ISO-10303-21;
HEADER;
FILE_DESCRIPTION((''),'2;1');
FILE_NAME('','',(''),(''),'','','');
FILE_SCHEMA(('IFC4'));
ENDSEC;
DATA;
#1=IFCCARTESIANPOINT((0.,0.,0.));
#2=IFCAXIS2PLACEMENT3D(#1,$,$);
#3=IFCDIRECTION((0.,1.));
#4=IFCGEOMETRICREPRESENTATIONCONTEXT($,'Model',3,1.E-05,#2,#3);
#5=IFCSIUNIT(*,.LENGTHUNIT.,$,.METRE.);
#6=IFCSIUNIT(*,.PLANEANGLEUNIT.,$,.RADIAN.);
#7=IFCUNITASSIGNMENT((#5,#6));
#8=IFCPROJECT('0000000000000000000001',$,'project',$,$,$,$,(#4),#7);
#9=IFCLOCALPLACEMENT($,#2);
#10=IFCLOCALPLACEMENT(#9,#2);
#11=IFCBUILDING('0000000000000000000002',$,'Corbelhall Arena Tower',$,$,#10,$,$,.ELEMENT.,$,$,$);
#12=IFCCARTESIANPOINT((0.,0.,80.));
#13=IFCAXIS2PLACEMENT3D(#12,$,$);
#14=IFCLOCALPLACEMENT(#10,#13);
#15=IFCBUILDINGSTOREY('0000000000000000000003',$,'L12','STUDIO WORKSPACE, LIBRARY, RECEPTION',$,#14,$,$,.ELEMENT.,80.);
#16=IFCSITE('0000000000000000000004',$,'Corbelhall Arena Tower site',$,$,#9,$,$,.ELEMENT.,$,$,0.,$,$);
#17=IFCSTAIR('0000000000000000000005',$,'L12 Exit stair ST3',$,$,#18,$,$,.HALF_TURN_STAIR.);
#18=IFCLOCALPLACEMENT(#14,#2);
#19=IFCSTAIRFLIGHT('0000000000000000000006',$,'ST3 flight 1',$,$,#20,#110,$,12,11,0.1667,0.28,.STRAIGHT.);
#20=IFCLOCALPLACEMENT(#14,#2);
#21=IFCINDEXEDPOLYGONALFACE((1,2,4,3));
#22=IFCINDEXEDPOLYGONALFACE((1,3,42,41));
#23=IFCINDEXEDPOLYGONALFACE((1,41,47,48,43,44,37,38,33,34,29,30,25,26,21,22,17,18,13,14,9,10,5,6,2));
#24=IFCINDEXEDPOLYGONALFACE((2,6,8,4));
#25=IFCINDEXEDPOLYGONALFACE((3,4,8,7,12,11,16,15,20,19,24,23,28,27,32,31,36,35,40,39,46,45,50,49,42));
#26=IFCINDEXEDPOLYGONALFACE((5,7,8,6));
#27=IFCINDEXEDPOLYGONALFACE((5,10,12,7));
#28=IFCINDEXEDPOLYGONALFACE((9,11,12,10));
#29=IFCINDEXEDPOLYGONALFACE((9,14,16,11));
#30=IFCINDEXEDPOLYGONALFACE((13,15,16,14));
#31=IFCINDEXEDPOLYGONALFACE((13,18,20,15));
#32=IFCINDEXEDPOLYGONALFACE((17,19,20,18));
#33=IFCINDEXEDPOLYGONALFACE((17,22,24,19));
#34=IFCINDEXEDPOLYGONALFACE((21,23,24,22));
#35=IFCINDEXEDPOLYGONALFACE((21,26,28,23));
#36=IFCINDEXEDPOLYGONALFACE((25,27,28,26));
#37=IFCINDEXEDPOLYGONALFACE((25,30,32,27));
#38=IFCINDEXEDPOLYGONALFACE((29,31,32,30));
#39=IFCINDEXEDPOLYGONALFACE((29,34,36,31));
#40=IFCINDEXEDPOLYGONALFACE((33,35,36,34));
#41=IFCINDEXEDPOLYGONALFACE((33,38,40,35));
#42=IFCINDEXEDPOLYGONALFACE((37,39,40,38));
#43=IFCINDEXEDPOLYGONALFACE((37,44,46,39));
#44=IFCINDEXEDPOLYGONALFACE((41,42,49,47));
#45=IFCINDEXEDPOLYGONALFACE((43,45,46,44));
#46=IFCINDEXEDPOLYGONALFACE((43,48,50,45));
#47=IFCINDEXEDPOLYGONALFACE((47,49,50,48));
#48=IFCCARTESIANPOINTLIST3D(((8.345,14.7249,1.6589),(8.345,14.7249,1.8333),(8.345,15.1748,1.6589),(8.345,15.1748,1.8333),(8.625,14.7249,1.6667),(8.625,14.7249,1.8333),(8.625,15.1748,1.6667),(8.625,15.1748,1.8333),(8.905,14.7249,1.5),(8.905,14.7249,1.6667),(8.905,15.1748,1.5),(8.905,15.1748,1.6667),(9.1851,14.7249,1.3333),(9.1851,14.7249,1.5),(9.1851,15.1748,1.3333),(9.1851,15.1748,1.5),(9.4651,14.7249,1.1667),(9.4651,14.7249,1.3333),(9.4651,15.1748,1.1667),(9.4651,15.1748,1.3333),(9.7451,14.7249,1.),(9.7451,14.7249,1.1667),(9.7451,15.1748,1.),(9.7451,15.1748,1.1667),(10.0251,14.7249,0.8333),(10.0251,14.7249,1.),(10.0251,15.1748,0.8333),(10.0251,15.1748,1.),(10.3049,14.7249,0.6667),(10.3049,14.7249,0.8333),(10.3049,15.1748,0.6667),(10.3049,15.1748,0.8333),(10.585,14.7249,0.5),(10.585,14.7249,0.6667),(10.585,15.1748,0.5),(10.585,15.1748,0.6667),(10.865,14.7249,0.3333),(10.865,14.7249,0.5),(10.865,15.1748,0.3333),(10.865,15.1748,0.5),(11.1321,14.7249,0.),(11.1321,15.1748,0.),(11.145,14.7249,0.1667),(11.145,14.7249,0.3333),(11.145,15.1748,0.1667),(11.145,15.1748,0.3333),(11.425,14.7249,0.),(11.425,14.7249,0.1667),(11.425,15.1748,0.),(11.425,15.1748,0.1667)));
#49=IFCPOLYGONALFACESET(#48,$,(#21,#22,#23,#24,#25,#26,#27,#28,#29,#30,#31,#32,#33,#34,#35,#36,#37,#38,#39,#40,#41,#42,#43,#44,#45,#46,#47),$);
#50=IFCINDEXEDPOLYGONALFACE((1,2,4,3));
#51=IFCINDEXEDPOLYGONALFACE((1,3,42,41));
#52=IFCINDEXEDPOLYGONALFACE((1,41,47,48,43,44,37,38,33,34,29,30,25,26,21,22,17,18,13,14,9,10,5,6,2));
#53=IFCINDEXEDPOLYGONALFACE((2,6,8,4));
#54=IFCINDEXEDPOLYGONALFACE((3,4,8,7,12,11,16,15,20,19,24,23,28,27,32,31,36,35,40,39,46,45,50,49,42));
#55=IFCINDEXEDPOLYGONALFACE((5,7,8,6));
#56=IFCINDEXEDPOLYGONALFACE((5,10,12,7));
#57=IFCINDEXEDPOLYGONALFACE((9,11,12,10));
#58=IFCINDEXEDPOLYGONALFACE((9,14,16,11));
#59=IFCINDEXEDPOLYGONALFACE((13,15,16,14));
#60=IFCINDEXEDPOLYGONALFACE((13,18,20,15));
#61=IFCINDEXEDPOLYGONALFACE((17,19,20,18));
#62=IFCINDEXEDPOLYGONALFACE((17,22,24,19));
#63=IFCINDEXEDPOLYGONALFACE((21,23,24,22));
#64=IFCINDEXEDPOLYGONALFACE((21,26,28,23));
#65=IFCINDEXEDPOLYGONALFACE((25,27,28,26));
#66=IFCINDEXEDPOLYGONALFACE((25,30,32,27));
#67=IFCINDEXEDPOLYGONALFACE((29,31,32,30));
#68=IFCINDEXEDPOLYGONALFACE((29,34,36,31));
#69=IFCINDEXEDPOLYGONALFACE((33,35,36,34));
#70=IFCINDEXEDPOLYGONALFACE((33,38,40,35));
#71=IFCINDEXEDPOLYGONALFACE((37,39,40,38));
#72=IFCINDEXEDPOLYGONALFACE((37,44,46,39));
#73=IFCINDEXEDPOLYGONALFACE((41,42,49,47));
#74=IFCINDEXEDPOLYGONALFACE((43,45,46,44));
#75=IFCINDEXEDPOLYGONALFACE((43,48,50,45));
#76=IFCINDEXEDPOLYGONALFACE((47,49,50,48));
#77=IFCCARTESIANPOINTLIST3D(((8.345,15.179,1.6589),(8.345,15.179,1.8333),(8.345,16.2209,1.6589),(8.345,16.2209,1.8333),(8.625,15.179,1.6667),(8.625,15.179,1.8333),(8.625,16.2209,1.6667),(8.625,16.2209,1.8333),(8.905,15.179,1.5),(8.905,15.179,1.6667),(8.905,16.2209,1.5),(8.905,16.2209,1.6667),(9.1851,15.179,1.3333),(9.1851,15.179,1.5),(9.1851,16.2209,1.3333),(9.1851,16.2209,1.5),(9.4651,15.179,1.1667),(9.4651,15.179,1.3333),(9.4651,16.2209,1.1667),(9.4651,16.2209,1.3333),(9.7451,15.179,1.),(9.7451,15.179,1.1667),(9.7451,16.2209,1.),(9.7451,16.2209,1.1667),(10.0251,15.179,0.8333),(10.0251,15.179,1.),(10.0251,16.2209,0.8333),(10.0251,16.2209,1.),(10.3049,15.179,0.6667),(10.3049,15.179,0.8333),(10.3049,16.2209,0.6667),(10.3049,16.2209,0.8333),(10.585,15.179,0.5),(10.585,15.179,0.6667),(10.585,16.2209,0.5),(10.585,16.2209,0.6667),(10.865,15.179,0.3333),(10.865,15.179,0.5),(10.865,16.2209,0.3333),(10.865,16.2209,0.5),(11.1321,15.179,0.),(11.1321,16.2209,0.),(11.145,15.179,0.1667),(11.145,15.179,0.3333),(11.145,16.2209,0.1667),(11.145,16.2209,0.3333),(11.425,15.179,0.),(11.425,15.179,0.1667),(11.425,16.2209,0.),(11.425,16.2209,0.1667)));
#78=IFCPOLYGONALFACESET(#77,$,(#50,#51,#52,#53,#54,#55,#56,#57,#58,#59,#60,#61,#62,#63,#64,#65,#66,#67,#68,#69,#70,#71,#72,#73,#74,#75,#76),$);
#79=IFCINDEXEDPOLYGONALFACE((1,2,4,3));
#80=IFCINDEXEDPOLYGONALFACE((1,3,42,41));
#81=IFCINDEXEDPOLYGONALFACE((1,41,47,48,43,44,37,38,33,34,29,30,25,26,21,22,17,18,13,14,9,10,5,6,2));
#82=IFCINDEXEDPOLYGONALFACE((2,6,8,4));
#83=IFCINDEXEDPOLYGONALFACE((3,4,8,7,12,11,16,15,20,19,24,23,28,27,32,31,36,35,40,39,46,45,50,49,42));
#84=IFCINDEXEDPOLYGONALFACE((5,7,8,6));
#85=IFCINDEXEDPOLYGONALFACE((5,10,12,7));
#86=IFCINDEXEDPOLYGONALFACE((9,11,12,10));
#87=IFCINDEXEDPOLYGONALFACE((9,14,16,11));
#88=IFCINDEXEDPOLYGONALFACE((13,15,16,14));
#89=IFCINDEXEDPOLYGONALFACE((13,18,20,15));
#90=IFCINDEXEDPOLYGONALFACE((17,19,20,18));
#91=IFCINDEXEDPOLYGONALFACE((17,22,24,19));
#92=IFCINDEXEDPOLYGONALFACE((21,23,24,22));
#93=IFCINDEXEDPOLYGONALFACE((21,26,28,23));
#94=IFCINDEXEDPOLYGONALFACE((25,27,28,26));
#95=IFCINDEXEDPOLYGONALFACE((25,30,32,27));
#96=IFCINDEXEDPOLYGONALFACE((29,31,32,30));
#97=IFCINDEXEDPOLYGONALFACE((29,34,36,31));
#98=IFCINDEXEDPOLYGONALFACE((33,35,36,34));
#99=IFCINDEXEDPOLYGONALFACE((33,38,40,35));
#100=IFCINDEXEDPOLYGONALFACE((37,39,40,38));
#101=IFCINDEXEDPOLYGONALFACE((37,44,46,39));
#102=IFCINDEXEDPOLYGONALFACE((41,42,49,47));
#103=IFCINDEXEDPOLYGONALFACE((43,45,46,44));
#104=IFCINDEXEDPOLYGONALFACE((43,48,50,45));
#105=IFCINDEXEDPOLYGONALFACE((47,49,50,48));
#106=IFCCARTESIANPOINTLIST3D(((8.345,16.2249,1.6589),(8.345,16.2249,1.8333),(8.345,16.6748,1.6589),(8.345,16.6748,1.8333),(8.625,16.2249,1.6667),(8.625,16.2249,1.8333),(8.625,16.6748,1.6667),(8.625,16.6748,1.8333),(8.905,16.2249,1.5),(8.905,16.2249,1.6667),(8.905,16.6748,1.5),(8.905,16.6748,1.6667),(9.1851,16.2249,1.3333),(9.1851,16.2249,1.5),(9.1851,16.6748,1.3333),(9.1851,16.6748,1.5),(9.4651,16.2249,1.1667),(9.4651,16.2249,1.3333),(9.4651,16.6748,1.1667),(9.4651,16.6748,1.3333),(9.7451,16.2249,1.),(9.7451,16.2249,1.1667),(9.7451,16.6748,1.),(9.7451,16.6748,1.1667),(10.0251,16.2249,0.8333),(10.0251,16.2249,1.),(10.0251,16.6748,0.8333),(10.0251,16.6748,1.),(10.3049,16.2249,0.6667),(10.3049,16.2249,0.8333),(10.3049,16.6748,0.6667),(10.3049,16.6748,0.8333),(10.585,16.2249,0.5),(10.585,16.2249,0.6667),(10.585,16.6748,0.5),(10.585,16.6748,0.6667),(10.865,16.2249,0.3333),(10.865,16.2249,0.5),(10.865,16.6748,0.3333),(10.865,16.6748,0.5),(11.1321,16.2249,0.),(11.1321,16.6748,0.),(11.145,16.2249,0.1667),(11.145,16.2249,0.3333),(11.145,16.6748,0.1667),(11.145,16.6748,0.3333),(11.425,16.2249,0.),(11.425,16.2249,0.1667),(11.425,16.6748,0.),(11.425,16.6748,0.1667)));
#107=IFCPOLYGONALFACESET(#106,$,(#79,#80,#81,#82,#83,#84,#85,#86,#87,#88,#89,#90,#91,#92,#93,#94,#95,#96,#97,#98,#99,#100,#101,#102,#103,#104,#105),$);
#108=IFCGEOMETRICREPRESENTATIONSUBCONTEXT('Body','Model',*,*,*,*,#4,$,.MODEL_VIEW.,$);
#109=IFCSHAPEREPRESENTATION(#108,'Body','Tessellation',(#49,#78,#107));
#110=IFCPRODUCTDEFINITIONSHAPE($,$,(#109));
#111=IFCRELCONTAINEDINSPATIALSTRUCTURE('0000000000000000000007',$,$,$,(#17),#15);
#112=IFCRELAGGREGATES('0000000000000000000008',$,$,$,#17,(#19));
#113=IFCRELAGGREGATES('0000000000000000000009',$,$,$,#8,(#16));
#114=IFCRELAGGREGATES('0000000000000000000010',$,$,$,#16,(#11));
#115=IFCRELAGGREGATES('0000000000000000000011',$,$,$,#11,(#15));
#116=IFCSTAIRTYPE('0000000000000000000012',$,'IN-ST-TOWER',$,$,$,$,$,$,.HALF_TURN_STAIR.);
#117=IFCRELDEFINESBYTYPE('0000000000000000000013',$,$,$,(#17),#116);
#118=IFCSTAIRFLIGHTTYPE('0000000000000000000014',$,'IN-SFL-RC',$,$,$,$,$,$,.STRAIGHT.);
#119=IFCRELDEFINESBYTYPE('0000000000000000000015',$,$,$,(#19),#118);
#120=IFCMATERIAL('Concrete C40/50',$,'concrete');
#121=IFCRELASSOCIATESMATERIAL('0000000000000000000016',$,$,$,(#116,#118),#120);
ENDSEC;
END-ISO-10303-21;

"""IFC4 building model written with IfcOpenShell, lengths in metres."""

from ifc_helpers import new_model, si_unit, direction, frame, origin, place, context, subcontext, project, spatial, polyline, outline, extrude, material, type_object, element, aggregate, save


model = new_model("IFC4")

# Units and contexts
model_context = context("Model", 3, precision=1e-05, world=origin(), true_north=direction((0.0, 1.0)))
body_context = subcontext(model_context, "Body", "Model", "MODEL_VIEW")
ifc_project = project(units=[si_unit("LENGTHUNIT", "METRE"), si_unit("PLANEANGLEUNIT", "RADIAN")], contexts=[model_context])

# Site, building, storey
site_placement = place(None, origin())
site = spatial("IfcSite", under=ifc_project, at=site_placement, Name="Corbelhall Arena Tower site", CompositionType="ELEMENT", RefElevation=0.0)
building_placement = place(site_placement, origin())
building = spatial("IfcBuilding", under=site, at=building_placement, Name="Corbelhall Arena Tower", CompositionType="ELEMENT")
storey_placement = place(building_placement, frame((0.0, 0.0, 80.0)))
storey = spatial("IfcBuildingStorey", under=building, at=storey_placement, Name="L12", Description="STUDIO WORKSPACE, LIBRARY, RECEPTION", CompositionType="ELEMENT", Elevation=80.0)

# Shared definitions
ifc_material_1 = material(Name="Concrete C40/50", Category="concrete")

# Stair, stair flight
stair_type = type_object("IfcStairType", Name="IN-ST-TOWER", PredefinedType="HALF_TURN_STAIR", material=ifc_material_1)
stair_placement = place(storey_placement, origin())
stair = element("IfcStair", 1, at=stair_placement, inside=storey, type_object=stair_type, Name="L12 Exit stair ST3", PredefinedType="HALF_TURN_STAIR")
stair_flight_type = type_object("IfcStairFlightType", Name="IN-SFL-RC", PredefinedType="STRAIGHT", material=ifc_material_1)
stair_flight_1_placement = place(storey_placement, frame((11.425, 15.7, 0.0), z_axis=(0.0, 0.0, 1.0), x_axis=(-1.0, 0.0, 0.0)))
stair_flight_1 = element("IfcStairFlight", 2, at=stair_flight_1_placement, type_object=stair_flight_type, Name="ST3 flight 1", NumberOfRisers=12, NumberOfTreads=11, PredefinedType="STRAIGHT", RiserHeight=0.1667, TreadLength=0.28, context=body_context, shape_type="SweptSolid", body=[
    extrude(outline(polyline([(0.0, 0.0), (0.0, 0.1667), (0.28, 0.1667), (0.28, 0.3333), (0.5601, 0.3333), (0.5601, 0.5), (0.8401, 0.5), (0.8401, 0.6667), (1.1201, 0.6667), (1.1201, 0.8333), (1.3999, 0.8333), (1.3999, 1.0), (1.6799, 1.0), (1.6799, 1.1667), (1.96, 1.1667), (1.96, 1.3333), (2.24, 1.3333), (2.24, 1.5), (2.52, 1.5), (2.52, 1.6667), (2.8, 1.6667), (2.8, 1.8333), (3.0801, 1.8333), (3.0801, 2.0), (3.0801, 1.6589), (0.293, 0.0), (0.0, 0.0)])), frame((0.0, 0.9751, 0.0), z_axis=(0.0, -1.0, 0.0), x_axis=(1.0, 0.0, 0.0)), (0.0, 0.0, 1.0), 0.45),
    extrude(outline(polyline([(0.0, 0.0), (0.0, 0.1667), (0.28, 0.1667), (0.28, 0.3333), (0.5601, 0.3333), (0.5601, 0.5), (0.8401, 0.5), (0.8401, 0.6667), (1.1201, 0.6667), (1.1201, 0.8333), (1.3999, 0.8333), (1.3999, 1.0), (1.6799, 1.0), (1.6799, 1.1667), (1.96, 1.1667), (1.96, 1.3333), (2.24, 1.3333), (2.24, 1.5), (2.52, 1.5), (2.52, 1.6667), (2.8, 1.6667), (2.8, 1.8333), (3.0801, 1.8333), (3.0801, 2.0), (3.0801, 1.6589), (0.293, 0.0), (0.0, 0.0)])), frame((0.0, 0.521, 0.0), z_axis=(0.0, -1.0, 0.0), x_axis=(1.0, 0.0, 0.0)), (0.0, 0.0, 1.0), 1.042),
    extrude(outline(polyline([(0.0, 0.0), (0.0, 0.1667), (0.28, 0.1667), (0.28, 0.3333), (0.5601, 0.3333), (0.5601, 0.5), (0.8401, 0.5), (0.8401, 0.6667), (1.1201, 0.6667), (1.1201, 0.8333), (1.3999, 0.8333), (1.3999, 1.0), (1.6799, 1.0), (1.6799, 1.1667), (1.96, 1.1667), (1.96, 1.3333), (2.24, 1.3333), (2.24, 1.5), (2.52, 1.5), (2.52, 1.6667), (2.8, 1.6667), (2.8, 1.8333), (3.0801, 1.8333), (3.0801, 2.0), (3.0801, 1.6589), (0.293, 0.0), (0.0, 0.0)])), frame((0.0, -0.5249, 0.0), z_axis=(0.0, -1.0, 0.0), x_axis=(1.0, 0.0, 0.0)), (0.0, 0.0, 1.0), 0.45),
])
aggregate(stair, [stair_flight_1])

save(model, "model.ifc")
